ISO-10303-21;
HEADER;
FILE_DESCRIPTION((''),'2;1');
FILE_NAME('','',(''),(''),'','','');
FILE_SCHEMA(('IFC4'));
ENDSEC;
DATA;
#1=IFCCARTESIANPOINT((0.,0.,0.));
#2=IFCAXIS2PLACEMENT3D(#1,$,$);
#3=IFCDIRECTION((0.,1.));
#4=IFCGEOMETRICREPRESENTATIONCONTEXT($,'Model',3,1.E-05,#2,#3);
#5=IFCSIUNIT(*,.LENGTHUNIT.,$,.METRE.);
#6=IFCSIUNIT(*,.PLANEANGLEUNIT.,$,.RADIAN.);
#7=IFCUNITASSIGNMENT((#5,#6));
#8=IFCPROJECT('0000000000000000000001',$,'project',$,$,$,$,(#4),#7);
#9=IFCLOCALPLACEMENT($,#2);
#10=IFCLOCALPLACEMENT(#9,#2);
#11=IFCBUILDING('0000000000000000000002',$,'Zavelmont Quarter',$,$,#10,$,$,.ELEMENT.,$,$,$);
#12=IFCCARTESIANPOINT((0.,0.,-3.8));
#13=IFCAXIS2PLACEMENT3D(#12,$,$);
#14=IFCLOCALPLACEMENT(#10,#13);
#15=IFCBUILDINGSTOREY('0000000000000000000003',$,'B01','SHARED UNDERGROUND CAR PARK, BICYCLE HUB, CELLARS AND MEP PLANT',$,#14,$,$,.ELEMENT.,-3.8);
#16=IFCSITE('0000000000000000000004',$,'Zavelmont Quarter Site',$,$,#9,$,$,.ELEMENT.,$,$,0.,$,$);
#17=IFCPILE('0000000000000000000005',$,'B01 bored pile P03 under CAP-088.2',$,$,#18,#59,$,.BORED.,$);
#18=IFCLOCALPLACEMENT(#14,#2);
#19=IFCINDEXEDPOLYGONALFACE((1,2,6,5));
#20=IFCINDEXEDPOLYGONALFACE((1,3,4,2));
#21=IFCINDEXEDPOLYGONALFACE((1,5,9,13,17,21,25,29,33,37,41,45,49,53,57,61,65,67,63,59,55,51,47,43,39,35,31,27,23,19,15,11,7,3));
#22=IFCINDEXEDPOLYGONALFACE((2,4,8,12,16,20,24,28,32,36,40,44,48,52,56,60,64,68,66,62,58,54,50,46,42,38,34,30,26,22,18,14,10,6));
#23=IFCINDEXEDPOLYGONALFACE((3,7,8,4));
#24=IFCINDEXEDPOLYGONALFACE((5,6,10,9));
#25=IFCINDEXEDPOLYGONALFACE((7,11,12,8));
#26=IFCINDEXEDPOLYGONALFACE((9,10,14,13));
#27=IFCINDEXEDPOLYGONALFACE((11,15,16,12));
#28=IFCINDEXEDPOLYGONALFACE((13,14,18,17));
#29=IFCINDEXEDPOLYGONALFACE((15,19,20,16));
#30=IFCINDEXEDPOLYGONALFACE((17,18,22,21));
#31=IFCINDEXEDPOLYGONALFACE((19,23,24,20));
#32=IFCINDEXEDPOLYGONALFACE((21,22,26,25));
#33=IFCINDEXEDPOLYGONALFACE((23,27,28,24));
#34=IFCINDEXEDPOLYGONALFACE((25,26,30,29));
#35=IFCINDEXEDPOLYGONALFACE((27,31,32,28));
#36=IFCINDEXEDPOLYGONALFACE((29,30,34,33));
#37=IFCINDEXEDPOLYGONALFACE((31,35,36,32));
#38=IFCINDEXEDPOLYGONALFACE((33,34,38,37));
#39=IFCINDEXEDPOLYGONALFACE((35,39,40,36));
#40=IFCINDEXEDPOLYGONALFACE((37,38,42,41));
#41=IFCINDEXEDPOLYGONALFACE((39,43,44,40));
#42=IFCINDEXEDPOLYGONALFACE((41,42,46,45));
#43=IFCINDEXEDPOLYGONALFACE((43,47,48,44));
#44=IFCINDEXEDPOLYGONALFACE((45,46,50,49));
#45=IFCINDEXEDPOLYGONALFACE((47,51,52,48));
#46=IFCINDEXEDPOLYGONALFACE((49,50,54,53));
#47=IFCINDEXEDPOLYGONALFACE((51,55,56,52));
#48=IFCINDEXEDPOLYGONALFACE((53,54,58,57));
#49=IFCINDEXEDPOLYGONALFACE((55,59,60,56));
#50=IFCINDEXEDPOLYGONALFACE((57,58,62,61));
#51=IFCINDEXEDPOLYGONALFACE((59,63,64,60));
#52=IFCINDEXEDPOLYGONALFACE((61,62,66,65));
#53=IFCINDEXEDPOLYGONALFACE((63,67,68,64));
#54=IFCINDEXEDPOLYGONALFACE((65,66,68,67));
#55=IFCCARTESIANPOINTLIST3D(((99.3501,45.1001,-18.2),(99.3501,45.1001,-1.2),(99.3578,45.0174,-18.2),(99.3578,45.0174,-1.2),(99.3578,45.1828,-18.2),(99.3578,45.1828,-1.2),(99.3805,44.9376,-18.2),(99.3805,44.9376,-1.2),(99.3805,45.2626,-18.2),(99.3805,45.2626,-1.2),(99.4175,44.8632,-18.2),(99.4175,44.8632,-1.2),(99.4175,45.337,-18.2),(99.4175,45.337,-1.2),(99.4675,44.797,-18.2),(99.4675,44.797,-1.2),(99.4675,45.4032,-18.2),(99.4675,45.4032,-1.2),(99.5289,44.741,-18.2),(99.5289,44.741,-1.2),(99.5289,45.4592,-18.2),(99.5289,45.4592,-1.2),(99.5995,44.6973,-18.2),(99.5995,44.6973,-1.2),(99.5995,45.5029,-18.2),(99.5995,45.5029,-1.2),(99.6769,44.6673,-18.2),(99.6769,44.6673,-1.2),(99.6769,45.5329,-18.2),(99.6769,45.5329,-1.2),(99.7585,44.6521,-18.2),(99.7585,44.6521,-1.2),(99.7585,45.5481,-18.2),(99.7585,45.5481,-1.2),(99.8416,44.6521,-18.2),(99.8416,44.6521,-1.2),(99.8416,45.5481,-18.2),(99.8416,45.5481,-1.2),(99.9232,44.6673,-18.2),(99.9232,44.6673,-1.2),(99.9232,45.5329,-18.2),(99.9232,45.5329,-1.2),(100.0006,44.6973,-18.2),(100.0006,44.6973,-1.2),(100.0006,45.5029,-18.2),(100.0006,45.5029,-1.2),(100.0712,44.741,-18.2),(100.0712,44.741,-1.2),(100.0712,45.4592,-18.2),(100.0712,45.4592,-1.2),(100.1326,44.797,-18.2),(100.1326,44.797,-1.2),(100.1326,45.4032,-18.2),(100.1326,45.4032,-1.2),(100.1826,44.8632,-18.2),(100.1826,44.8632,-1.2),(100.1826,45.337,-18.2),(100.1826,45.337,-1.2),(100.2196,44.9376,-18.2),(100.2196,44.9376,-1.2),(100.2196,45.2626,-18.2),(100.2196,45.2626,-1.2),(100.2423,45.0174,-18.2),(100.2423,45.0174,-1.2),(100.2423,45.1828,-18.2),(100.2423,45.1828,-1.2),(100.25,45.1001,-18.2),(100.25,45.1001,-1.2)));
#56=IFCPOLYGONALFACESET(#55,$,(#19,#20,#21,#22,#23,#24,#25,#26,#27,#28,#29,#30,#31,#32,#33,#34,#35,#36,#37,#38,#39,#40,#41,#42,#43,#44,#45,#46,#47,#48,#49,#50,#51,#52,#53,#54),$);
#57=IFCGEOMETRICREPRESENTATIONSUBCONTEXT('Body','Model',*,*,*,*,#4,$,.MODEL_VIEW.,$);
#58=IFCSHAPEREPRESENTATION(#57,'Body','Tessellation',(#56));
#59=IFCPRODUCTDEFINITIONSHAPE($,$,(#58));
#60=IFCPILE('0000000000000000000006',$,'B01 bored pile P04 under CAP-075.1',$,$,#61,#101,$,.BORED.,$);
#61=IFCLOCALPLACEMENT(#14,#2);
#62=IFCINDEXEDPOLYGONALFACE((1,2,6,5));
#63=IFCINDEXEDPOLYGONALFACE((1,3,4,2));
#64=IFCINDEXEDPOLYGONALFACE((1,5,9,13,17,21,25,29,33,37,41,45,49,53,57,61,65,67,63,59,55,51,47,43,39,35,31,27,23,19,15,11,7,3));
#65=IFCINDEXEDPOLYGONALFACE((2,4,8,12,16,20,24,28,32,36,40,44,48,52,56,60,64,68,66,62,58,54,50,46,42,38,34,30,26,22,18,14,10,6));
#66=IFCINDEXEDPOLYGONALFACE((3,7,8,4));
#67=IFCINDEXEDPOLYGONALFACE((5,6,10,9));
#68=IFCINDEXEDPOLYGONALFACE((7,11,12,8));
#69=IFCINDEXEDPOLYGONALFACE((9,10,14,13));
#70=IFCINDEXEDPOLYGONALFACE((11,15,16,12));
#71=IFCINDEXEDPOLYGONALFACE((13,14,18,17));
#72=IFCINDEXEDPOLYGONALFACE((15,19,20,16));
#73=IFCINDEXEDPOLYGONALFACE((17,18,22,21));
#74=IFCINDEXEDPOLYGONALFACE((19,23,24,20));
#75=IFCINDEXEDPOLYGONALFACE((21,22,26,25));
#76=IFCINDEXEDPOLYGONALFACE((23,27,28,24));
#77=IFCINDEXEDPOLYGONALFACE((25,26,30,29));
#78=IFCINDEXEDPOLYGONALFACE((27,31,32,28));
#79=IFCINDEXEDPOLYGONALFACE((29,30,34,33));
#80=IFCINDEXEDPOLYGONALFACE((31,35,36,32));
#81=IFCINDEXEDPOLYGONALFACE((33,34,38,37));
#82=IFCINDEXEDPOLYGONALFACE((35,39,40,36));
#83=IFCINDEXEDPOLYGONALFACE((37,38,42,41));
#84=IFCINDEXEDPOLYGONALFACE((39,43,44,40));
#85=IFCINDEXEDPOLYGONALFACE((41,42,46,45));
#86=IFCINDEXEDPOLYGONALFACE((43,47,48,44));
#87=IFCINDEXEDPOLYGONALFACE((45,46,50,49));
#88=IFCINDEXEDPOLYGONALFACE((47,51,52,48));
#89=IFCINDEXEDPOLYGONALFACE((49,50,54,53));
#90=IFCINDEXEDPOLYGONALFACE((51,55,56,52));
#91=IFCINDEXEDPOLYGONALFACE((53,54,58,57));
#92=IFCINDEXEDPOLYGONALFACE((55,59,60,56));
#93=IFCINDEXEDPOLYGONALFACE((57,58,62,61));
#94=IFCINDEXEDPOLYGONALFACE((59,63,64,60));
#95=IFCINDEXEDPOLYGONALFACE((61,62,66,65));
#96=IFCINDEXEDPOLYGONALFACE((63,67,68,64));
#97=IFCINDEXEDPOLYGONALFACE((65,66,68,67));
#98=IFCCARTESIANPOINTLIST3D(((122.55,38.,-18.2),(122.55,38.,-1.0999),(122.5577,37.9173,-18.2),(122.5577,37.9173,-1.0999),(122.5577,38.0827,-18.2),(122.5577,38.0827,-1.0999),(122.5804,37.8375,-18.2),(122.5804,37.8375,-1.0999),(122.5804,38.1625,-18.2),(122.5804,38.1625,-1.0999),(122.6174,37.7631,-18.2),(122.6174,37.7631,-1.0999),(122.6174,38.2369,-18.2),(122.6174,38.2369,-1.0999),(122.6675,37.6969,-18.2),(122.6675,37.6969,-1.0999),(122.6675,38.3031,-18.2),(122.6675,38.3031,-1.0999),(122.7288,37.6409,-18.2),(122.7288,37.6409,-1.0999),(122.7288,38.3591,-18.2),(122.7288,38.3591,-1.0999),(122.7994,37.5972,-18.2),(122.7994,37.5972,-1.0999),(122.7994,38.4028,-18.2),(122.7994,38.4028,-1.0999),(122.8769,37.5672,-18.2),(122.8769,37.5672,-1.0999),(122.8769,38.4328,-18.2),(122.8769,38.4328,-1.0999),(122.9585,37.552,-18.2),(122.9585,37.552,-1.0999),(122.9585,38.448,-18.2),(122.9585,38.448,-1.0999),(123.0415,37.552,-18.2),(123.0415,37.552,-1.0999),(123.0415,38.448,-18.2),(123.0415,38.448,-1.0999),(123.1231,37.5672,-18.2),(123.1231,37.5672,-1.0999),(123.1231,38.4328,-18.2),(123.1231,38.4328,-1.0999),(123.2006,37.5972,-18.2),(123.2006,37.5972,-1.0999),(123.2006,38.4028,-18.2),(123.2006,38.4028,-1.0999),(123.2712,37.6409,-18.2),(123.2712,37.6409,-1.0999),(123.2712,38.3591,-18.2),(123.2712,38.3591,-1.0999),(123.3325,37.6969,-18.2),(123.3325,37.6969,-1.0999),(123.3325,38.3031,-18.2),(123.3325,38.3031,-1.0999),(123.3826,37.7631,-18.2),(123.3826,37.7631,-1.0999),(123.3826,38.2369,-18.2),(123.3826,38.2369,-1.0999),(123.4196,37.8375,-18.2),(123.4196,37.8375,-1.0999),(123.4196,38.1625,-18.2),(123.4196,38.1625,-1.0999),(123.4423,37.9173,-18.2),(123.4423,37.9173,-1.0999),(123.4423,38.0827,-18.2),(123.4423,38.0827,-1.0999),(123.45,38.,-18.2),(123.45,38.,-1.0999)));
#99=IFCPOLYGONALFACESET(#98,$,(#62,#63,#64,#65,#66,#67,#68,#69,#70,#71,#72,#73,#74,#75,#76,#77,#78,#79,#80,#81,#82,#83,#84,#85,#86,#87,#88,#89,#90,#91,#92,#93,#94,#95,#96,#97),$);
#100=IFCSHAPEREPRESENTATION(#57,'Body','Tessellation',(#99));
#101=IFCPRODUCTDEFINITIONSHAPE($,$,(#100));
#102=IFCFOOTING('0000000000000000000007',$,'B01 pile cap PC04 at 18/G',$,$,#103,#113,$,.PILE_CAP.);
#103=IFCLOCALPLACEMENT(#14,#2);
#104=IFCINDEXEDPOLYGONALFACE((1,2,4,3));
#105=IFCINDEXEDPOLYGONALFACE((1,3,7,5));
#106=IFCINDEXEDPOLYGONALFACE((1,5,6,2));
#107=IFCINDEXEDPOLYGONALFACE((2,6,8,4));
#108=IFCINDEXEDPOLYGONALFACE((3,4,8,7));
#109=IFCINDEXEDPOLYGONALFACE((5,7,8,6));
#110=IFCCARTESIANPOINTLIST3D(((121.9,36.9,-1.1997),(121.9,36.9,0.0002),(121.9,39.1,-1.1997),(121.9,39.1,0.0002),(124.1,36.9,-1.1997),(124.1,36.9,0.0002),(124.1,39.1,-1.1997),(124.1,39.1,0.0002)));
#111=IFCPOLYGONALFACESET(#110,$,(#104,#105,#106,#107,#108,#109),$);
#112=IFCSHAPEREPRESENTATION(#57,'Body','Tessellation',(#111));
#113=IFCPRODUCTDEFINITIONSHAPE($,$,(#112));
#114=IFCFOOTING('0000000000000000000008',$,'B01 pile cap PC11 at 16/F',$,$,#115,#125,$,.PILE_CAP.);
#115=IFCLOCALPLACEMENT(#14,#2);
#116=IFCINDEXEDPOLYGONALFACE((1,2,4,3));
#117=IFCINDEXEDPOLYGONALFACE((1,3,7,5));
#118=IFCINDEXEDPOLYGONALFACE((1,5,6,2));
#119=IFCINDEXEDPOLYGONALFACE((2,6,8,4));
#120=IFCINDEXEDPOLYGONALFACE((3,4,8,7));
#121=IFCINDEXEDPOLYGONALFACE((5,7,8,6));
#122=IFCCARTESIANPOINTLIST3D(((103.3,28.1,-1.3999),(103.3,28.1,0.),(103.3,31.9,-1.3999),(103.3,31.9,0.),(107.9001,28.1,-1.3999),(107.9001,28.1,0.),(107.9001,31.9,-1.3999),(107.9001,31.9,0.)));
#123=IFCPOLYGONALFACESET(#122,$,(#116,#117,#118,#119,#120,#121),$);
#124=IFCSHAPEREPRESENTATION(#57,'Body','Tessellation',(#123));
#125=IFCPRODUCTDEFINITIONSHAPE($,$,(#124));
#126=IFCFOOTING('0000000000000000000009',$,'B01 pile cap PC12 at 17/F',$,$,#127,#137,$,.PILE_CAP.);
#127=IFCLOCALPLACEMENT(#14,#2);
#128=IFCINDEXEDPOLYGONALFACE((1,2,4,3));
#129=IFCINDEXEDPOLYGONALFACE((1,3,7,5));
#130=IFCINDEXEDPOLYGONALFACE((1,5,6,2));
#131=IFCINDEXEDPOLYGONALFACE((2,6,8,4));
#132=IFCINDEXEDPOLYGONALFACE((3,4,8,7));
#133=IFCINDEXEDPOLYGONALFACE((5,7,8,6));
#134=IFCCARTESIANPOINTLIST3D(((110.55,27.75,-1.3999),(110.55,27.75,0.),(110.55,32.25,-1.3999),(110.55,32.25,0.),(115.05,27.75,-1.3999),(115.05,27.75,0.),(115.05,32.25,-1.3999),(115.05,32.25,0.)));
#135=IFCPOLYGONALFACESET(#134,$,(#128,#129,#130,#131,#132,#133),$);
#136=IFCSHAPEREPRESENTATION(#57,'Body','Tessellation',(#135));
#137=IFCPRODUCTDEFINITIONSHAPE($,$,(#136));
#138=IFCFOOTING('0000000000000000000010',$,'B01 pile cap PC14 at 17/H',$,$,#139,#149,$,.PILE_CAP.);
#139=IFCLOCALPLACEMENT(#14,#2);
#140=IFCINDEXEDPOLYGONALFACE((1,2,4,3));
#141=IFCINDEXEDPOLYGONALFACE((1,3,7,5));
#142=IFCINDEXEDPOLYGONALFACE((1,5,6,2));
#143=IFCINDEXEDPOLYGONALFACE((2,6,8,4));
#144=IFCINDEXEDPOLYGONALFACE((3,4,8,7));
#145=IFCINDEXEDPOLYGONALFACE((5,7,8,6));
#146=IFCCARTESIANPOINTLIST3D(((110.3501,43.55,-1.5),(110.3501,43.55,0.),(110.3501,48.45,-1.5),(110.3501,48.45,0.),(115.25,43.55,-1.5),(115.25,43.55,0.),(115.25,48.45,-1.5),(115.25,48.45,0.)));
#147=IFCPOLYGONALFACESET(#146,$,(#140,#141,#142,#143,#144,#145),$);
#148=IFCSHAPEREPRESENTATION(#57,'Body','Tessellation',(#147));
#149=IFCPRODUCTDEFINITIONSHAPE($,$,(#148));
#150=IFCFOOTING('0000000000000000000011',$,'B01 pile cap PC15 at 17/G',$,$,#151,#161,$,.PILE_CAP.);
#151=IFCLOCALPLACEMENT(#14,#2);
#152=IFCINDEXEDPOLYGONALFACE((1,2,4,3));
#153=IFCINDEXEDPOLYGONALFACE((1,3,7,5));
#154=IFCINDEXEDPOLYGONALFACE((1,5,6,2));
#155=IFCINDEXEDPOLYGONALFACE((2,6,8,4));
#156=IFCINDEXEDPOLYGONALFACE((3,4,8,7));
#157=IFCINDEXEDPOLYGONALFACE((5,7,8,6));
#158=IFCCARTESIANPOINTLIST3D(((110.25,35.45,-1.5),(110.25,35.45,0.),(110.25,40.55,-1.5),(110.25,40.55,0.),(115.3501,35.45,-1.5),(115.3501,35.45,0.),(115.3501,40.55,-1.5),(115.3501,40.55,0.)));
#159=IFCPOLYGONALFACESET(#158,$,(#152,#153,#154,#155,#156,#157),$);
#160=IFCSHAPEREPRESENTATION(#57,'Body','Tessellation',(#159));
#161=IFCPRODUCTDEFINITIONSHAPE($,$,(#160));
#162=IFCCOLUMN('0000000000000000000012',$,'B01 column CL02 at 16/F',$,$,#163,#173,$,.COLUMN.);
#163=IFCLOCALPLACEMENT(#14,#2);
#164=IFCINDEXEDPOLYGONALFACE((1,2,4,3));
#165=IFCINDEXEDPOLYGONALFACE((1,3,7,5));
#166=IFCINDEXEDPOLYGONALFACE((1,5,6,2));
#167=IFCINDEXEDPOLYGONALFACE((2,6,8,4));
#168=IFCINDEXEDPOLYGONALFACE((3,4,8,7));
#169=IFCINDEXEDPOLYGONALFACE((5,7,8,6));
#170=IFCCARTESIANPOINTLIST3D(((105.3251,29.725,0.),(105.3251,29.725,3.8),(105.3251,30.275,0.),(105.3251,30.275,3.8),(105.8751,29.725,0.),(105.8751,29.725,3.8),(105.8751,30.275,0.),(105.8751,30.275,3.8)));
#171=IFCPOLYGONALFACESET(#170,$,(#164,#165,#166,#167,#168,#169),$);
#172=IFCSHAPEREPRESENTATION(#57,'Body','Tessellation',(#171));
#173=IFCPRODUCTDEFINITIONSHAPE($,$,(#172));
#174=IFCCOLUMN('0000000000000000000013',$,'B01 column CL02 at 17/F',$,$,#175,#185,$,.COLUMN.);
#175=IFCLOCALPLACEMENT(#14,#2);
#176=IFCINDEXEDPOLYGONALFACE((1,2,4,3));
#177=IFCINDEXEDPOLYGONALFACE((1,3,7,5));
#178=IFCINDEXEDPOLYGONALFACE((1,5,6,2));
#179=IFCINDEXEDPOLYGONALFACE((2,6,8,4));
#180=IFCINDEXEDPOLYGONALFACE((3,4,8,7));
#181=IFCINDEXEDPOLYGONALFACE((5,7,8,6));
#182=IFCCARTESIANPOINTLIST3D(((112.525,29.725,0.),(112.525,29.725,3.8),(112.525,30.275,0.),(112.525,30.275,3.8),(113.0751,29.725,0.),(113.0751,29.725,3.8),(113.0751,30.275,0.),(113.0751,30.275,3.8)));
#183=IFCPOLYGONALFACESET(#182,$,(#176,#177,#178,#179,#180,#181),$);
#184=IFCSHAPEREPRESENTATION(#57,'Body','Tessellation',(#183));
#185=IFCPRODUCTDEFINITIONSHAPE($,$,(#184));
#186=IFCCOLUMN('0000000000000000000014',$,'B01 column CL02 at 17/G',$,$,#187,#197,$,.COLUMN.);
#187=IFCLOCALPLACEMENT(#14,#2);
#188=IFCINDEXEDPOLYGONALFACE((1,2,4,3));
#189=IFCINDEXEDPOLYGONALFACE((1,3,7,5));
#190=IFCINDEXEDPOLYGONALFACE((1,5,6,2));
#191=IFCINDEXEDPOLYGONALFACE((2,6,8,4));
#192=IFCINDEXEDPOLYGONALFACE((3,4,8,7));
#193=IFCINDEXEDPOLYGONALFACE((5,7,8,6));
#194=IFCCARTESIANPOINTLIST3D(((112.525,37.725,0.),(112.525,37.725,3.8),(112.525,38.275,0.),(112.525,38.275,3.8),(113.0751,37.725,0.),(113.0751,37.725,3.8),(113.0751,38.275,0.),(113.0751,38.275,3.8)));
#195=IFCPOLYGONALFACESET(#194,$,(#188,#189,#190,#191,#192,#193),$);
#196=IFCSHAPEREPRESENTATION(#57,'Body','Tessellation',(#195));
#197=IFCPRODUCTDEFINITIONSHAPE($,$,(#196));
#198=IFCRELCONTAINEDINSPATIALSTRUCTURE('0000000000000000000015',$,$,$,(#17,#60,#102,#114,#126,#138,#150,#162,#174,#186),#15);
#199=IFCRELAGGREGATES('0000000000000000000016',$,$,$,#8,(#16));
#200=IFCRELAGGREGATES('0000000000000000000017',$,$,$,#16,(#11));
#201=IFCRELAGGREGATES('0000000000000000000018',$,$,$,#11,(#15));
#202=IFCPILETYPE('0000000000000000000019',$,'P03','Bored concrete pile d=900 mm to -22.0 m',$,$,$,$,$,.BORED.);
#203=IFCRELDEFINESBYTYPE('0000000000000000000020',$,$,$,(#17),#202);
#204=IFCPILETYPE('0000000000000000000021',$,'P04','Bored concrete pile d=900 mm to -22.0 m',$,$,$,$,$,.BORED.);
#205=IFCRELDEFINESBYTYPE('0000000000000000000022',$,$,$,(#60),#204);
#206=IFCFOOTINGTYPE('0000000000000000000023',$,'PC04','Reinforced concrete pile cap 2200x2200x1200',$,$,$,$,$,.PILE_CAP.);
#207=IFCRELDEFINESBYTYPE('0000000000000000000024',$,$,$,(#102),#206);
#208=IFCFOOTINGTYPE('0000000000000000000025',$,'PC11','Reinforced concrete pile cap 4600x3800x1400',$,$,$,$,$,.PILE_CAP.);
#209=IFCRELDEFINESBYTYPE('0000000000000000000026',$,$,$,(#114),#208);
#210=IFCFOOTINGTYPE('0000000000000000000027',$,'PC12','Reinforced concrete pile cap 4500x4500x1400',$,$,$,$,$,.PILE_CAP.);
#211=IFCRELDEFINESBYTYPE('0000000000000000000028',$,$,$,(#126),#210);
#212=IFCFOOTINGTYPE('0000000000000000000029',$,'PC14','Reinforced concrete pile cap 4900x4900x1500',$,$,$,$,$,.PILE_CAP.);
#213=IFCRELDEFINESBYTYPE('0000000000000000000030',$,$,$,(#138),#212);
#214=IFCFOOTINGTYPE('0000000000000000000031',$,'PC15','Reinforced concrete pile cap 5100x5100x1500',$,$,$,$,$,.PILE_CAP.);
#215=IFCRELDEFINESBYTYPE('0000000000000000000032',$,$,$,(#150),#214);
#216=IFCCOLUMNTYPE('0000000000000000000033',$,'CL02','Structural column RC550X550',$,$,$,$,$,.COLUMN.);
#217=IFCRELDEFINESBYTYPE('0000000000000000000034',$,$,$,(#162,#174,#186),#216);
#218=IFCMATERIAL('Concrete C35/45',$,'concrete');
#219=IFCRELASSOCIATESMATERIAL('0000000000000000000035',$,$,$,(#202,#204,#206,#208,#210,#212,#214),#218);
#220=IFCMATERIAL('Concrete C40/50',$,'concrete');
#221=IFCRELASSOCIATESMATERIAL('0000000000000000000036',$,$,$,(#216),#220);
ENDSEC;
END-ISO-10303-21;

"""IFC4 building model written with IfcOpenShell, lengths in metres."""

from ifc_helpers import new_model, si_unit, direction, frame, origin, origin_2d, place, context, subcontext, project, spatial, rectangle, circle, extrude, material, material_profile, profile_set, type_object, element, save


model = new_model("IFC4")

# Units and contexts
model_context = context("Model", 3, precision=1e-05, world=origin(), true_north=direction((0.0, 1.0)))
body_context = subcontext(model_context, "Body", "Model", "MODEL_VIEW")
ifc_project = project(units=[si_unit("LENGTHUNIT", "METRE"), si_unit("PLANEANGLEUNIT", "RADIAN")], contexts=[model_context])

# Site, building, storey
site_placement = place(None, origin())
site = spatial("IfcSite", under=ifc_project, at=site_placement, Name="Zavelmont Quarter Site", CompositionType="ELEMENT", RefElevation=0.0)
building_placement = place(site_placement, origin())
building = spatial("IfcBuilding", under=site, at=building_placement, Name="Zavelmont Quarter", CompositionType="ELEMENT")
storey_placement = place(building_placement, frame((0.0, 0.0, -3.8)))
storey = spatial("IfcBuildingStorey", under=building, at=storey_placement, Name="B01", Description="SHARED UNDERGROUND CAR PARK, BICYCLE HUB, CELLARS AND MEP PLANT", CompositionType="ELEMENT", Elevation=-3.8)

# Shared definitions
ifc_material_1 = material(Name="Concrete C35/45", Category="concrete")

# Piles
ifc_material_profile_1 = material_profile(ifc_material_1, circle(Radius=0.45, at=origin_2d()), Name="BP900")
ifc_profile_set_1 = profile_set([ifc_material_profile_1], Name="Concrete C35/45")
pile_type_1 = type_object("IfcPileType", Name="P03", Description="Bored concrete pile d=900 mm to -22.0 m", PredefinedType="BORED", material=ifc_profile_set_1)
pile_1_placement = place(storey_placement, frame((99.8, 45.1001, -1.2), z_axis=(0.0, 0.0, -1.0), x_axis=(1.0, 0.0, 0.0)))
element("IfcPile", 1, at=pile_1_placement, inside=storey, type_object=pile_type_1, Name="B01 bored pile P03 under CAP-088.2", PredefinedType="BORED", context=body_context, shape_type="SweptSolid", body=[
    extrude(circle(Radius=0.45, at=origin_2d()), origin(), (0.0, 0.0, 1.0), 17.0),
])
ifc_material_profile_2 = material_profile(ifc_material_1, circle(Radius=0.45, at=origin_2d()), Name="BP900")
ifc_profile_set_2 = profile_set([ifc_material_profile_2], Name="Concrete C35/45")
pile_type_2 = type_object("IfcPileType", Name="P04", Description="Bored concrete pile d=900 mm to -22.0 m", PredefinedType="BORED", material=ifc_profile_set_2)
pile_2_placement = place(storey_placement, frame((123.0, 38.0, -1.0999), z_axis=(0.0, 0.0, -1.0), x_axis=(1.0, 0.0, 0.0)))
element("IfcPile", 2, at=pile_2_placement, inside=storey, type_object=pile_type_2, Name="B01 bored pile P04 under CAP-075.1", PredefinedType="BORED", context=body_context, shape_type="SweptSolid", body=[
    extrude(circle(Radius=0.45, at=origin_2d()), origin(), (0.0, 0.0, 1.0), 17.1001),
])

# Footings
footing_type_1 = type_object("IfcFootingType", Name="PC04", Description="Reinforced concrete pile cap 2200x2200x1200", PredefinedType="PILE_CAP", material=ifc_material_1)
footing_1_placement = place(storey_placement, frame((123.0, 38.0, -1.1997), z_axis=(0.0, 0.0, 1.0), x_axis=(1.0, 0.0, 0.0)))
element("IfcFooting", 3, at=footing_1_placement, inside=storey, type_object=footing_type_1, Name="B01 pile cap PC04 at 18/G", PredefinedType="PILE_CAP", context=body_context, shape_type="SweptSolid", body=[
    extrude(rectangle(XDim=2.2, YDim=2.2, at=origin_2d()), origin(), (0.0, 0.0, 1.0), 1.2),
])
footing_type_2 = type_object("IfcFootingType", Name="PC11", Description="Reinforced concrete pile cap 4600x3800x1400", PredefinedType="PILE_CAP", material=ifc_material_1)
footing_2_placement = place(storey_placement, frame((105.6001, 30.0, -1.3999), z_axis=(0.0, 0.0, 1.0), x_axis=(1.0, 0.0, 0.0)))
element("IfcFooting", 4, at=footing_2_placement, inside=storey, type_object=footing_type_2, Name="B01 pile cap PC11 at 16/F", PredefinedType="PILE_CAP", context=body_context, shape_type="SweptSolid", body=[
    extrude(rectangle(XDim=4.6001, YDim=3.8, at=origin_2d()), origin(), (0.0, 0.0, 1.0), 1.3999),
])
footing_type_3 = type_object("IfcFootingType", Name="PC12", Description="Reinforced concrete pile cap 4500x4500x1400", PredefinedType="PILE_CAP", material=ifc_material_1)
footing_3_placement = place(storey_placement, frame((112.8, 30.0, -1.3999), z_axis=(0.0, 0.0, 1.0), x_axis=(1.0, 0.0, 0.0)))
element("IfcFooting", 5, at=footing_3_placement, inside=storey, type_object=footing_type_3, Name="B01 pile cap PC12 at 17/F", PredefinedType="PILE_CAP", context=body_context, shape_type="SweptSolid", body=[
    extrude(rectangle(XDim=4.5, YDim=4.5, at=origin_2d()), origin(), (0.0, 0.0, 1.0), 1.3999),
])
footing_type_4 = type_object("IfcFootingType", Name="PC14", Description="Reinforced concrete pile cap 4900x4900x1500", PredefinedType="PILE_CAP", material=ifc_material_1)
footing_4_placement = place(storey_placement, frame((112.8, 46.0, -1.5), z_axis=(0.0, 0.0, 1.0), x_axis=(1.0, 0.0, 0.0)))
element("IfcFooting", 6, at=footing_4_placement, inside=storey, type_object=footing_type_4, Name="B01 pile cap PC14 at 17/H", PredefinedType="PILE_CAP", context=body_context, shape_type="SweptSolid", body=[
    extrude(rectangle(XDim=4.8999, YDim=4.8999, at=origin_2d()), origin(), (0.0, 0.0, 1.0), 1.5),
])
footing_type_5 = type_object("IfcFootingType", Name="PC15", Description="Reinforced concrete pile cap 5100x5100x1500", PredefinedType="PILE_CAP", material=ifc_material_1)
footing_5_placement = place(storey_placement, frame((112.8, 38.0, -1.5), z_axis=(0.0, 0.0, 1.0), x_axis=(1.0, 0.0, 0.0)))
element("IfcFooting", 7, at=footing_5_placement, inside=storey, type_object=footing_type_5, Name="B01 pile cap PC15 at 17/G", PredefinedType="PILE_CAP", context=body_context, shape_type="SweptSolid", body=[
    extrude(rectangle(XDim=5.1001, YDim=5.1001, at=origin_2d()), origin(), (0.0, 0.0, 1.0), 1.5),
])

# Columns
ifc_material_2 = material(Name="Concrete C40/50", Category="concrete")
ifc_material_profile_3 = material_profile(ifc_material_2, rectangle(XDim=0.55, YDim=0.55, at=origin_2d()), Name="RC550X550")
ifc_profile_set_3 = profile_set([ifc_material_profile_3], Name="Concrete C40/50")
column_type_1 = type_object("IfcColumnType", Name="CL02", Description="Structural column RC550X550", PredefinedType="COLUMN", material=ifc_profile_set_3)
for number, where, z_axis, x_axis, name in (
    (8, (105.6001, 30.0, 0.0), (0.0, 0.0, 1.0), (1.0, 0.0, 0.0), "B01 column CL02 at 16/F"),
    (9, (112.8, 30.0, 0.0), (0.0, 0.0, 1.0), (1.0, 0.0, 0.0), "B01 column CL02 at 17/F"),
    (10, (112.8, 38.0, 0.0), (0.0, 0.0, 1.0), (1.0, 0.0, 0.0), "B01 column CL02 at 17/G"),
):
    element("IfcColumn", number, at=place(storey_placement, frame(where, z_axis=z_axis, x_axis=x_axis)), inside=storey, type_object=column_type_1, Name=name, PredefinedType="COLUMN", context=body_context, shape_type="SweptSolid", body=[
        extrude(rectangle(XDim=0.55, YDim=0.55, at=origin_2d()), origin(), (0.0, 0.0, 1.0), 3.8),
    ])

save(model, "model.ifc")
